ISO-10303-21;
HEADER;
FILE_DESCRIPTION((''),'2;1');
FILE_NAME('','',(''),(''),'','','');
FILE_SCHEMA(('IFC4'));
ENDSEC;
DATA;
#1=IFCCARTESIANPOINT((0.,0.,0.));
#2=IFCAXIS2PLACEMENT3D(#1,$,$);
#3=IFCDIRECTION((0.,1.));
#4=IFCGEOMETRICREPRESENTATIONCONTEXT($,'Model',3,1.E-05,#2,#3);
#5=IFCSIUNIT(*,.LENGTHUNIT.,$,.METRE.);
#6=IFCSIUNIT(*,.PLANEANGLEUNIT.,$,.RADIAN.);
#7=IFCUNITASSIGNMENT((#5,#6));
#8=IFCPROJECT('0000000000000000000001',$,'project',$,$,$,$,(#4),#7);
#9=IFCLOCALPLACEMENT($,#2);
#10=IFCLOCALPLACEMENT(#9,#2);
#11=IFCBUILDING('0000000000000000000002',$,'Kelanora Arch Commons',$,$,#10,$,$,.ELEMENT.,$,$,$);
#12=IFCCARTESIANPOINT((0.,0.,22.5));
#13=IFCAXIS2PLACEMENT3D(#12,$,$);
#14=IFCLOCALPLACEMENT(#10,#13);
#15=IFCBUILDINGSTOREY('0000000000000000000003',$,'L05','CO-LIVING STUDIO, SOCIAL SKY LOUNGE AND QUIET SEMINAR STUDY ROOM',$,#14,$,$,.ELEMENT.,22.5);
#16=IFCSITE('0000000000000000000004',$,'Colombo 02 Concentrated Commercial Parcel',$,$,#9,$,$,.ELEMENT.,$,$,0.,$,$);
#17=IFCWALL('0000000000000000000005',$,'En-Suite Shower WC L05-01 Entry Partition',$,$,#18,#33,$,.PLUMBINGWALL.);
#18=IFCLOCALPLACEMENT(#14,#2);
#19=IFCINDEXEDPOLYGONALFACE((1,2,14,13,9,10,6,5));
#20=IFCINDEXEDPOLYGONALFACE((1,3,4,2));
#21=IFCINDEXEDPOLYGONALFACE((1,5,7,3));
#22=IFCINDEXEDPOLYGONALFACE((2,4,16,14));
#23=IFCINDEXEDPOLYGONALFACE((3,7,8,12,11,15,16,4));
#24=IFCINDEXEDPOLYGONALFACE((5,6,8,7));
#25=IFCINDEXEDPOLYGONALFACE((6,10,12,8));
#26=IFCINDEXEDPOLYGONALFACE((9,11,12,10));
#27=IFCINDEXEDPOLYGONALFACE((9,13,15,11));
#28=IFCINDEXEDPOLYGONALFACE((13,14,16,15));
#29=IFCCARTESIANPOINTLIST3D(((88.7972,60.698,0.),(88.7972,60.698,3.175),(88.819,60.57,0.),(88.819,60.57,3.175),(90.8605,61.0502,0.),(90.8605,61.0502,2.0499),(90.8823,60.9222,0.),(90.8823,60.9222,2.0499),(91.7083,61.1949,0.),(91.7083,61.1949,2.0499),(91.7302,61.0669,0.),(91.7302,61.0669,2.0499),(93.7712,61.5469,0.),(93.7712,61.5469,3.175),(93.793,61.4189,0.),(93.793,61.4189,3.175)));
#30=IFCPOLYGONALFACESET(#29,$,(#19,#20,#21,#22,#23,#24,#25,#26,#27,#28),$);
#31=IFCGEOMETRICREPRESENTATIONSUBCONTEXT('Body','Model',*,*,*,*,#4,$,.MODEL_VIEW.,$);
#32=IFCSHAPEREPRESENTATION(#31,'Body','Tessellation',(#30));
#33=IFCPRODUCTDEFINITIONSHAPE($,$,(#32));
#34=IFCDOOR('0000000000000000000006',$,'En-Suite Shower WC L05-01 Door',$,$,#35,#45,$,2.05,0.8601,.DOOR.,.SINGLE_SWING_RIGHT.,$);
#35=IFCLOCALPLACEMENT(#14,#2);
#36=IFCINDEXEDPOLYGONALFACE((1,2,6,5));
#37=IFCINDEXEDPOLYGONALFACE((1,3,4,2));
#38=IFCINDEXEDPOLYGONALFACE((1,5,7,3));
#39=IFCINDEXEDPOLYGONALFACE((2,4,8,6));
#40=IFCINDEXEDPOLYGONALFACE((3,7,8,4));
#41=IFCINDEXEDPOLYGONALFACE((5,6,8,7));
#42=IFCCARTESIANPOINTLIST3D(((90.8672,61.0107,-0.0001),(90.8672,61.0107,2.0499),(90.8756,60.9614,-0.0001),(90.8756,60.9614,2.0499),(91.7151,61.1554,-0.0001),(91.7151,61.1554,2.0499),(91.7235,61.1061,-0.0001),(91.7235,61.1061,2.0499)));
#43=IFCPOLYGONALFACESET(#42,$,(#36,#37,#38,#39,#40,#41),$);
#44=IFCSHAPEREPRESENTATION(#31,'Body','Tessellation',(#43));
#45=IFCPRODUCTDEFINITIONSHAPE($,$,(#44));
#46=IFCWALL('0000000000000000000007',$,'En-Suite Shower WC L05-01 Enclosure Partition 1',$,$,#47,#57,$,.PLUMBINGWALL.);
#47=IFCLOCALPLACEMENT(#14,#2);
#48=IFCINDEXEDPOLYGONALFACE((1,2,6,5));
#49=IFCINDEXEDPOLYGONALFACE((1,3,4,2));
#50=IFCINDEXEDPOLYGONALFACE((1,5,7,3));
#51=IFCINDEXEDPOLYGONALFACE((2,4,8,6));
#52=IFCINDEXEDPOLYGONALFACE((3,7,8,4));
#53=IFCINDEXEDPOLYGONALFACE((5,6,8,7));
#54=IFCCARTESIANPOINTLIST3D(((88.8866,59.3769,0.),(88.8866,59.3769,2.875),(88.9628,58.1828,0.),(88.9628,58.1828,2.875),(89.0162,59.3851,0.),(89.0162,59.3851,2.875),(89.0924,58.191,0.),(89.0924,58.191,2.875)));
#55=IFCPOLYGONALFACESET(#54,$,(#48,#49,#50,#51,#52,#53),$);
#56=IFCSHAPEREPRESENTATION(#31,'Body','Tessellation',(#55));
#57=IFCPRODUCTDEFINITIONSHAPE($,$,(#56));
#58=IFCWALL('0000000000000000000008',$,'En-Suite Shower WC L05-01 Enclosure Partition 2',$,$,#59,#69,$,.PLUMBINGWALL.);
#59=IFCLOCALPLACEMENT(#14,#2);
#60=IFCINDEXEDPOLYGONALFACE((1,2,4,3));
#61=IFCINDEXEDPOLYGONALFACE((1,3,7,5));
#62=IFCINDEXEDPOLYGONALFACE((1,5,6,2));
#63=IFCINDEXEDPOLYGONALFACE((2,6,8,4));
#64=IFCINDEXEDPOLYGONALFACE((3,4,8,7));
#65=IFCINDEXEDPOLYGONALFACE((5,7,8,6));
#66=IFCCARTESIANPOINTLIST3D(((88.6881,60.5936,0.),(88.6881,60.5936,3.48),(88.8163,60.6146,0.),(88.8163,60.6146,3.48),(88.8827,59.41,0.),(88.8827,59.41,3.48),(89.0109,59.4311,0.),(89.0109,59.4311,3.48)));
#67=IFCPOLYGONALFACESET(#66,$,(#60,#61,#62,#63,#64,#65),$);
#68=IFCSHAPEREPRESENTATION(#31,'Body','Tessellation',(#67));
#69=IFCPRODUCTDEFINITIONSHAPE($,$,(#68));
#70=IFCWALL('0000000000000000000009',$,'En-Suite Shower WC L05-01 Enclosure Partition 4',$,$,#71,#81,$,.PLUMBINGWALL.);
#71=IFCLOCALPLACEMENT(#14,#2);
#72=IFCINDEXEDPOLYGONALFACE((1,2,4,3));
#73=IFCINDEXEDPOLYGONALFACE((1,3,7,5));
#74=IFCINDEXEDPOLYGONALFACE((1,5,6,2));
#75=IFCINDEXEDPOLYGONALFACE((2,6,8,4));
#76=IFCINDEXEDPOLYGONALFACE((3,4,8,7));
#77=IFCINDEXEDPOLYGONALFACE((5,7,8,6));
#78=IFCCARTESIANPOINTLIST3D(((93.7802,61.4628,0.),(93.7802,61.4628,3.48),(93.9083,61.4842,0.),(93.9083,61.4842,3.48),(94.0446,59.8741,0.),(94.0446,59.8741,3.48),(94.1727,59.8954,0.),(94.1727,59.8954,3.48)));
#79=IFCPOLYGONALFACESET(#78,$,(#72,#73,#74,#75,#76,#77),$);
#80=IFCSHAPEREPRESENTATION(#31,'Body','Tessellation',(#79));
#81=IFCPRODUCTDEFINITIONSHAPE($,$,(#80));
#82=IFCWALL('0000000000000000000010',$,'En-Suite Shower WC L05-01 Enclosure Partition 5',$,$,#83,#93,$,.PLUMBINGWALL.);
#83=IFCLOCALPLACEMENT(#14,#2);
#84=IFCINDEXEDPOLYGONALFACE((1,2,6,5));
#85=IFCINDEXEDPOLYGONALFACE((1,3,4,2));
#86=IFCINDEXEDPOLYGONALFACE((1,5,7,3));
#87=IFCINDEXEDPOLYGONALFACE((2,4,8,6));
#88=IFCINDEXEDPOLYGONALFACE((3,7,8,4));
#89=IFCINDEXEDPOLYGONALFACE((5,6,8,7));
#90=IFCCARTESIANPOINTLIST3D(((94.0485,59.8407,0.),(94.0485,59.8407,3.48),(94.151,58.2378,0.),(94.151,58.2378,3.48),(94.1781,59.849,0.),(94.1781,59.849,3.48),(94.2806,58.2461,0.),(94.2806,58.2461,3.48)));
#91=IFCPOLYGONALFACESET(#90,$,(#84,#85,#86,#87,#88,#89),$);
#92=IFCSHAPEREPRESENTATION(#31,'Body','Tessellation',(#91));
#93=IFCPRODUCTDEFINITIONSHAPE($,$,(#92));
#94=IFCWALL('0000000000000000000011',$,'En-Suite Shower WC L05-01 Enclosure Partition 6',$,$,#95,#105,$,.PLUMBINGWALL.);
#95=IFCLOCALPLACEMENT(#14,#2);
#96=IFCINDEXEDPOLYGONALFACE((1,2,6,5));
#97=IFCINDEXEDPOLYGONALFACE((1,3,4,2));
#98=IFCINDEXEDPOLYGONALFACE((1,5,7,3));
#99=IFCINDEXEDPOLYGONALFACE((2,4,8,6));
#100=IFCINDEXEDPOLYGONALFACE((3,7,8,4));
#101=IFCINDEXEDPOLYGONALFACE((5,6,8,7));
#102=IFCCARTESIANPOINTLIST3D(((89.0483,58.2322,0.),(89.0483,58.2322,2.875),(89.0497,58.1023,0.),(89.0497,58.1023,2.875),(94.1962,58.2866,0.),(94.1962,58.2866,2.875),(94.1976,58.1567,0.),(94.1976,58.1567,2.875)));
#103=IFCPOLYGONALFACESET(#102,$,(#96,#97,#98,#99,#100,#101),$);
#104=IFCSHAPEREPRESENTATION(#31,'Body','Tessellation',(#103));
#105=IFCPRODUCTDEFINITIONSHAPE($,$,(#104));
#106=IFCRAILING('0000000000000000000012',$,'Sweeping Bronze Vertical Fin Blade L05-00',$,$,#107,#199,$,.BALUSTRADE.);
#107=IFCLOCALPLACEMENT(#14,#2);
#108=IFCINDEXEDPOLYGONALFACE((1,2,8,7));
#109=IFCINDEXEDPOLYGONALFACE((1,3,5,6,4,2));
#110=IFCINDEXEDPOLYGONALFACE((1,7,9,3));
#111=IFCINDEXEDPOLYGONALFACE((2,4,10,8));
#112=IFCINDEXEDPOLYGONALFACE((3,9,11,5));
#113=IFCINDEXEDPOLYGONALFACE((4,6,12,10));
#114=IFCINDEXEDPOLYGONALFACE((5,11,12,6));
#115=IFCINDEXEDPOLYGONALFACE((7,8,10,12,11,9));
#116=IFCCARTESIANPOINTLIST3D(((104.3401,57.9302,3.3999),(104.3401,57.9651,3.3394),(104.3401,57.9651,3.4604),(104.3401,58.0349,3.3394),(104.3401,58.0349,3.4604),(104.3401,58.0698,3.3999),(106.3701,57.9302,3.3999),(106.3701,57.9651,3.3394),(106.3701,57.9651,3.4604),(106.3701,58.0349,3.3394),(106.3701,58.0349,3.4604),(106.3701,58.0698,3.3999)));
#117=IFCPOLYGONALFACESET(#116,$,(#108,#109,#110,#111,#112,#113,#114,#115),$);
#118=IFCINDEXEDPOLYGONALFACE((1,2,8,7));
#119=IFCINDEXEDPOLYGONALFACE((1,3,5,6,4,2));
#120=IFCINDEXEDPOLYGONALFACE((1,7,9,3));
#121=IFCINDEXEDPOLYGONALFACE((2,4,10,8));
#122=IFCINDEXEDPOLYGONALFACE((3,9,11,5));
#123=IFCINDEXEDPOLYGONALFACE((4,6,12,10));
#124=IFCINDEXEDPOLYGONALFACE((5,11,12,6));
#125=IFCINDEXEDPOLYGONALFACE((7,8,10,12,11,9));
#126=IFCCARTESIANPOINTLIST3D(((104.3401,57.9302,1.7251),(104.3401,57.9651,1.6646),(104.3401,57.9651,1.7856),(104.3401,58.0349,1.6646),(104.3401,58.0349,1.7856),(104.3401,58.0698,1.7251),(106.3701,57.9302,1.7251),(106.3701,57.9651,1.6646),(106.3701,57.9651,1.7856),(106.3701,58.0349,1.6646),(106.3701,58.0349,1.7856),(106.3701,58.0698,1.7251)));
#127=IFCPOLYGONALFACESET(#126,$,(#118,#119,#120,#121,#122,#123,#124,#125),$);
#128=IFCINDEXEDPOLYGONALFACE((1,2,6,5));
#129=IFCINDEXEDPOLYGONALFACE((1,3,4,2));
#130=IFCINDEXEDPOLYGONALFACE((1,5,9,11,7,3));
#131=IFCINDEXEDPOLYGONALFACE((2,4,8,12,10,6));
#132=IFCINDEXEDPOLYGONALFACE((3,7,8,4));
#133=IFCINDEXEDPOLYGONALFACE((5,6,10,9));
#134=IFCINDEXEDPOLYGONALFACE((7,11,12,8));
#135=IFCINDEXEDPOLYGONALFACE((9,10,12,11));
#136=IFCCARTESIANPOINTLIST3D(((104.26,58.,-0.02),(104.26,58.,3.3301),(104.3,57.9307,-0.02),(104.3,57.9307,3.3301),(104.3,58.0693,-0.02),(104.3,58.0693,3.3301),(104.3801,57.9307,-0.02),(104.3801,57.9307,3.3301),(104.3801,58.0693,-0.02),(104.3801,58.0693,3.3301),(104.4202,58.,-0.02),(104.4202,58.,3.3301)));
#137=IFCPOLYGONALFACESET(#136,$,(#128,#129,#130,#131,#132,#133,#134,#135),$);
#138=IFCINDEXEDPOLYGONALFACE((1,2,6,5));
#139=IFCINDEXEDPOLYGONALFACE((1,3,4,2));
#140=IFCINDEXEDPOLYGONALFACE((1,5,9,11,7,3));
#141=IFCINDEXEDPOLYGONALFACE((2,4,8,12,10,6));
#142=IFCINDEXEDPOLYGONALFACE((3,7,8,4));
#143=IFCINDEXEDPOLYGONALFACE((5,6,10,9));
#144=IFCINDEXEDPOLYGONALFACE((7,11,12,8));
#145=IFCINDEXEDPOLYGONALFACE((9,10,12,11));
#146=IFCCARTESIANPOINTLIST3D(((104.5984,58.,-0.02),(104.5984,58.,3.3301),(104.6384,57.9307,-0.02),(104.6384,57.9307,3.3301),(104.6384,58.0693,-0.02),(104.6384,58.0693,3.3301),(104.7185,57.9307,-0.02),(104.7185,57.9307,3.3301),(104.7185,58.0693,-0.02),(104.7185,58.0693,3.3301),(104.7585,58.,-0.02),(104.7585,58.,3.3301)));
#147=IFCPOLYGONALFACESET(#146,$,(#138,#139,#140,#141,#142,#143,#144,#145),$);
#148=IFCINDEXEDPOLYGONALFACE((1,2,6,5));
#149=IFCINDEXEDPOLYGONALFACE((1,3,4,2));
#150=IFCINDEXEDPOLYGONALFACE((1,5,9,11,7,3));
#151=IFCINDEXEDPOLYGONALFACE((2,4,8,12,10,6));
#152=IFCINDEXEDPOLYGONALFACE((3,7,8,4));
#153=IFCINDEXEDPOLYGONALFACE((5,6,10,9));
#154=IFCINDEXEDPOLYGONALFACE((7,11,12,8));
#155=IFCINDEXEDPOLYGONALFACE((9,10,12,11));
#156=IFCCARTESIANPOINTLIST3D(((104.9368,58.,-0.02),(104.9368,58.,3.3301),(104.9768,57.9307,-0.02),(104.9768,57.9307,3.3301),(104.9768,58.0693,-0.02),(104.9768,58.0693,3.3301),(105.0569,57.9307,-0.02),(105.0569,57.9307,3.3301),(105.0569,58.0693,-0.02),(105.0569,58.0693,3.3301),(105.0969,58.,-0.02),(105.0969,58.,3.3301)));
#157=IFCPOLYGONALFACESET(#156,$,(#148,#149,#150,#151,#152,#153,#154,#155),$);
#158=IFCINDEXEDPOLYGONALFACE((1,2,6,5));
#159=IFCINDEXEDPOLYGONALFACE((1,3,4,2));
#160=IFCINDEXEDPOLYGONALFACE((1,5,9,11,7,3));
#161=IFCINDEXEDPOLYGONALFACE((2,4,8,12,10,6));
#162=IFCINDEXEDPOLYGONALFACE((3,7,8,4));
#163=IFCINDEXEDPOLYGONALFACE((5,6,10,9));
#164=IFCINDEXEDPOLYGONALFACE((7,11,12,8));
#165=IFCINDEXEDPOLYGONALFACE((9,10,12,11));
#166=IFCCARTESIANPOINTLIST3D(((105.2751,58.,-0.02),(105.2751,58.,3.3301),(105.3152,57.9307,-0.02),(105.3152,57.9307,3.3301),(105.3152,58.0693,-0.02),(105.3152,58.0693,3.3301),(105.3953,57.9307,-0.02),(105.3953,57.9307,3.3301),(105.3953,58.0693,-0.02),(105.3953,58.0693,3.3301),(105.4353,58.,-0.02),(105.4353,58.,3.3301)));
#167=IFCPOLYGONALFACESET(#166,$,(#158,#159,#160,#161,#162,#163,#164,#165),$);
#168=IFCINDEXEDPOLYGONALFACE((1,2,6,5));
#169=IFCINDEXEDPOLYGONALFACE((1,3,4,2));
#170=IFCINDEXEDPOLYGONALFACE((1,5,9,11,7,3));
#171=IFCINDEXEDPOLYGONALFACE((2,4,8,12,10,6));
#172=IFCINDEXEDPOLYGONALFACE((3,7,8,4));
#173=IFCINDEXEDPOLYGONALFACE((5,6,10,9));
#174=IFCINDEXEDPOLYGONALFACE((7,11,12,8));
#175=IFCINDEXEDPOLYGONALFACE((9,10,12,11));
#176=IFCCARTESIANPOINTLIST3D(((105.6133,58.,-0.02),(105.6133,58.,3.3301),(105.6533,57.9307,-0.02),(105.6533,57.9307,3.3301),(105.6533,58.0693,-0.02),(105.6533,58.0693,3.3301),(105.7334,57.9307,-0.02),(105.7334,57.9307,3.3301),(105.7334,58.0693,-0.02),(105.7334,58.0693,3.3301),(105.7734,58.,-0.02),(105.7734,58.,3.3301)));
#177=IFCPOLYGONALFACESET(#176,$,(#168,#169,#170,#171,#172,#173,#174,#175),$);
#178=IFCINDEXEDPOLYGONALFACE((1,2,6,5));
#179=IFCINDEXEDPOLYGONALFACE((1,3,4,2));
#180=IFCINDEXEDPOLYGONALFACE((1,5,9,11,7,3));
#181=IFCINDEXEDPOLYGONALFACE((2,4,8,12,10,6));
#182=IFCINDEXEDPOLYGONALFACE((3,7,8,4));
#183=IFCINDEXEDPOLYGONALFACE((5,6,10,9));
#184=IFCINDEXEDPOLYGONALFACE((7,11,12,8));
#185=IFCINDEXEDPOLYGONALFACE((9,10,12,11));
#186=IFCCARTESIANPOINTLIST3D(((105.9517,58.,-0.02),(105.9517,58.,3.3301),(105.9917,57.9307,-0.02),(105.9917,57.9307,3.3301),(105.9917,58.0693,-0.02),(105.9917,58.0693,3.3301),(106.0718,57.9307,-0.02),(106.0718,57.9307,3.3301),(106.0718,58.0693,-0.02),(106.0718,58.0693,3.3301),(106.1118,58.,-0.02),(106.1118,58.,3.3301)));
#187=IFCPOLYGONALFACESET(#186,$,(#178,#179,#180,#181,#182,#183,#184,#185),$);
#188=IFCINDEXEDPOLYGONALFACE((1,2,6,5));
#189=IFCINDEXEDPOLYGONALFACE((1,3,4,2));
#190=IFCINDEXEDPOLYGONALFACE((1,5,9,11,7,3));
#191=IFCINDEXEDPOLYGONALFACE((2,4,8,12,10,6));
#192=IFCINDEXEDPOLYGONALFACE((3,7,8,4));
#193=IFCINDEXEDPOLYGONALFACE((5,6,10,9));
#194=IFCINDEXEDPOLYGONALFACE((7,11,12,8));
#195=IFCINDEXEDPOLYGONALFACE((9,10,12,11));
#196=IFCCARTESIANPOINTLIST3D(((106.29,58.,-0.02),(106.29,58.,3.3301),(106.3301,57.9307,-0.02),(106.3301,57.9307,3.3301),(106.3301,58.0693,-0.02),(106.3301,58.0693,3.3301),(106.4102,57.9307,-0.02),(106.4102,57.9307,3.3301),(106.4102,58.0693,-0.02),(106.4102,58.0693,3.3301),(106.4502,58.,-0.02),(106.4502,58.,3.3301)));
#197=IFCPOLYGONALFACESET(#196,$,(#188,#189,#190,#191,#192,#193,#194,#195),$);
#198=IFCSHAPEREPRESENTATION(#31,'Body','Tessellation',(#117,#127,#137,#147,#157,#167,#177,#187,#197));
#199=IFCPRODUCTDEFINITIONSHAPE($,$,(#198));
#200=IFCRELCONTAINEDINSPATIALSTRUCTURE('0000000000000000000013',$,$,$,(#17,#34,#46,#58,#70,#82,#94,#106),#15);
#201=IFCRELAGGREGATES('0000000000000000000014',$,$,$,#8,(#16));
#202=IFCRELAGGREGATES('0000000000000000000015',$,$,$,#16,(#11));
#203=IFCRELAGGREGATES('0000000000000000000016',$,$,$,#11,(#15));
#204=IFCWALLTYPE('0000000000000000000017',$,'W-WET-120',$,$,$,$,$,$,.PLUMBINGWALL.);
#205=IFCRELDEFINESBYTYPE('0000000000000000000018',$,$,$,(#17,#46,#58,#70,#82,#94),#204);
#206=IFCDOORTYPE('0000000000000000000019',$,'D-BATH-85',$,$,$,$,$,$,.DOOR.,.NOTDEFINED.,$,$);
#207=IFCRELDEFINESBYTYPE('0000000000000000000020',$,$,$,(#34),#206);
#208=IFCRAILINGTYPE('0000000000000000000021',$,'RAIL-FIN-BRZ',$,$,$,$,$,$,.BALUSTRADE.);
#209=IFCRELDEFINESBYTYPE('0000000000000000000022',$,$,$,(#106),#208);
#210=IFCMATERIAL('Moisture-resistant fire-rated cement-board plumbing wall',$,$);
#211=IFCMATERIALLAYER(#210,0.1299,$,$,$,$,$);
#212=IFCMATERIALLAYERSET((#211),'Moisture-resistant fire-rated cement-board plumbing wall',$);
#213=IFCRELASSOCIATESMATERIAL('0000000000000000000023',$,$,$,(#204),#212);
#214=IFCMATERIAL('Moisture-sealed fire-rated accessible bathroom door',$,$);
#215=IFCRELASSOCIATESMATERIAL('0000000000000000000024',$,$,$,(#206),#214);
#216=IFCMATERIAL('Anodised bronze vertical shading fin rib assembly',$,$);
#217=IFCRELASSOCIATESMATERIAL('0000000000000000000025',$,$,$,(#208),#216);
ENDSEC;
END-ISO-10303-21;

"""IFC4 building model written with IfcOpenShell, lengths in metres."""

from ifc_helpers import new_model, si_unit, direction, frame, frame_2d, origin, place, context, subcontext, project, spatial, polyline, rectangle, outline, extrude, material, layer, layer_set, type_object, element, fill, save


model = new_model("IFC4")

# Units and contexts
model_context = context("Model", 3, precision=1e-05, world=origin(), true_north=direction((0.0, 1.0)))
body_context = subcontext(model_context, "Body", "Model", "MODEL_VIEW")
ifc_project = project(units=[si_unit("LENGTHUNIT", "METRE"), si_unit("PLANEANGLEUNIT", "RADIAN")], contexts=[model_context])

# Site, building, storey
site_placement = place(None, origin())
site = spatial("IfcSite", under=ifc_project, at=site_placement, Name="Colombo 02 Concentrated Commercial Parcel", CompositionType="ELEMENT", RefElevation=0.0)
building_placement = place(site_placement, origin())
building = spatial("IfcBuilding", under=site, at=building_placement, Name="Kelanora Arch Commons", CompositionType="ELEMENT")
storey_placement = place(building_placement, frame((0.0, 0.0, 22.5)))
storey = spatial("IfcBuildingStorey", under=building, at=storey_placement, Name="L05", Description="CO-LIVING STUDIO, SOCIAL SKY LOUNGE AND QUIET SEMINAR STUDY ROOM", CompositionType="ELEMENT", Elevation=22.5)

# Wall, opening, door
ifc_material_1 = material(Name="Moisture-resistant fire-rated cement-board plumbing wall")
ifc_layer_1 = layer(ifc_material_1, 0.1299)
ifc_layer_set_1 = layer_set([ifc_layer_1], Name="Moisture-resistant fire-rated cement-board plumbing wall")
wall_type_1 = type_object("IfcWallType", Name="W-WET-120", PredefinedType="PLUMBINGWALL", material=ifc_layer_set_1)
wall_1_placement = place(storey_placement, frame((88.8081, 60.634, 0.0), z_axis=(0.0, 0.0, 1.0), x_axis=(0.985747, 0.168235, 0.0)))
wall_1 = element("IfcWall", 1, at=wall_1_placement, inside=storey, type_object=wall_type_1, Name="En-Suite Shower WC L05-01 Entry Partition", PredefinedType="PLUMBINGWALL", context=body_context, shape_type="SweptSolid", body=[
    extrude(rectangle(XDim=5.0459, YDim=0.1299, at=frame_2d((2.5229, 0.0))), origin(), (0.0, 0.0, 1.0), 3.175),
])
opening_1_placement = place(wall_1_placement, frame((2.093, 0.0, 0.0)))
opening_1 = element("IfcOpeningElement", 2, at=opening_1_placement, cuts=wall_1, PredefinedType="OPENING", context=body_context, shape_type="SweptSolid", body=[
    extrude(rectangle(XDim=0.8601, YDim=2.05, at=frame_2d((0.4302, 1.0249))), frame((0.0, 0.075, 0.0), z_axis=(0.0, -1.0, 0.0), x_axis=(1.0, 0.0, 0.0)), (0.0, 0.0, 1.0), 0.1499),
])
ifc_material_2 = material(Name="Moisture-sealed fire-rated accessible bathroom door")
door_type_1 = type_object("IfcDoorType", Name="D-BATH-85", OperationType="NOTDEFINED", PredefinedType="DOOR", material=ifc_material_2)
door_1_placement = place(opening_1_placement, origin())
door_1 = element("IfcDoor", 3, at=door_1_placement, inside=storey, type_object=door_type_1, Name="En-Suite Shower WC L05-01 Door", OperationType="SINGLE_SWING_RIGHT", OverallHeight=2.05, OverallWidth=0.8601, PredefinedType="DOOR", context=body_context, shape_type="SweptSolid", body=[
    extrude(rectangle(XDim=0.8601, YDim=2.05, at=frame_2d((0.4302, 1.0249))), frame((0.0, 0.0249, 0.0), z_axis=(0.0, -1.0, 0.0), x_axis=(1.0, 0.0, 0.0)), (0.0, 0.0, 1.0), 0.05),
])
fill(opening_1, door_1)

# Walls
wall_2_placement = place(storey_placement, frame((89.0276, 58.187, 0.0), z_axis=(0.0, 0.0, 1.0), x_axis=(-0.063661, 0.997972, 0.0)))
element("IfcWall", 4, at=wall_2_placement, inside=storey, type_object=wall_type_1, Name="En-Suite Shower WC L05-01 Enclosure Partition 1", PredefinedType="PLUMBINGWALL", context=body_context, shape_type="SweptSolid", body=[
    extrude(rectangle(XDim=1.1965, YDim=0.1299, at=frame_2d((0.5981, 0.0))), origin(), (0.0, 0.0, 1.0), 2.875),
])
wall_3_placement = place(storey_placement, frame((88.9468, 59.4207, 0.0), z_axis=(0.0, 0.0, 1.0), x_axis=(-0.16222, 0.986755, 0.0)))
element("IfcWall", 5, at=wall_3_placement, inside=storey, type_object=wall_type_1, Name="En-Suite Shower WC L05-01 Enclosure Partition 2", PredefinedType="PLUMBINGWALL", context=body_context, shape_type="SweptSolid", body=[
    extrude(rectangle(XDim=1.1995, YDim=0.1299, at=frame_2d((0.5996, 0.0))), origin(), (0.0, 0.0, 1.0), 3.48),
])
wall_4_placement = place(storey_placement, frame((93.8442, 61.4734, 0.0), z_axis=(0.0, 0.0, 1.0), x_axis=(0.164178, -0.986431, 0.0)))
element("IfcWall", 6, at=wall_4_placement, inside=storey, type_object=wall_type_1, Name="En-Suite Shower WC L05-01 Enclosure Partition 4", PredefinedType="PLUMBINGWALL", context=body_context, shape_type="SweptSolid", body=[
    extrude(rectangle(XDim=1.6106, YDim=0.1299, at=frame_2d((0.8052, 0.0))), origin(), (0.0, 0.0, 1.0), 3.48),
])
wall_5_placement = place(storey_placement, frame((94.1133, 59.845, 0.0), z_axis=(0.0, 0.0, 1.0), x_axis=(0.063835, -0.99796, 0.0)))
element("IfcWall", 7, at=wall_5_placement, inside=storey, type_object=wall_type_1, Name="En-Suite Shower WC L05-01 Enclosure Partition 5", PredefinedType="PLUMBINGWALL", context=body_context, shape_type="SweptSolid", body=[
    extrude(rectangle(XDim=1.6062, YDim=0.1299, at=frame_2d((0.8032, 0.0))), origin(), (0.0, 0.0, 1.0), 3.48),
])
wall_6_placement = place(storey_placement, frame((94.197, 58.2217, 0.0), z_axis=(0.0, 0.0, 1.0), x_axis=(-0.999944, -0.010575, 0.0)))
element("IfcWall", 8, at=wall_6_placement, inside=storey, type_object=wall_type_1, Name="En-Suite Shower WC L05-01 Enclosure Partition 6", PredefinedType="PLUMBINGWALL", context=body_context, shape_type="SweptSolid", body=[
    extrude(rectangle(XDim=5.1482, YDim=0.1299, at=frame_2d((2.5742, 0.0))), origin(), (0.0, 0.0, 1.0), 2.875),
])

# Railing
ifc_material_3 = material(Name="Anodised bronze vertical shading fin rib assembly")
railing_type_1 = type_object("IfcRailingType", Name="RAIL-FIN-BRZ", PredefinedType="BALUSTRADE", material=ifc_material_3)
railing_1_placement = place(storey_placement, frame((104.3401, 58.0, -0.02)))
element("IfcRailing", 9, at=railing_1_placement, inside=storey, type_object=railing_type_1, Name="Sweeping Bronze Vertical Fin Blade L05-00", PredefinedType="BALUSTRADE", context=body_context, shape_type="SweptSolid", body=[
    extrude(outline(polyline([(0.0698, 0.0), (0.0349, 0.0605), (-0.0349, 0.0605), (-0.0698, 0.0), (-0.0349, -0.0605), (0.0349, -0.0605), (0.0698, 0.0)])), frame((0.0, 0.0, 3.4199), z_axis=(1.0, 0.0, 0.0), x_axis=(0.0, 1.0, 0.0)), (0.0, 0.0, 1.0), 2.03),
    extrude(outline(polyline([(0.0698, 0.0), (0.0349, 0.0605), (-0.0349, 0.0605), (-0.0698, 0.0), (-0.0349, -0.0605), (0.0349, -0.0605), (0.0698, 0.0)])), frame((0.0, 0.0, 1.7451), z_axis=(1.0, 0.0, 0.0), x_axis=(0.0, 1.0, 0.0)), (0.0, 0.0, 1.0), 2.03),
    extrude(outline(polyline([(0.0801, 0.0), (0.04, 0.0693), (-0.04, 0.0693), (-0.0801, 0.0), (-0.04, -0.0693), (0.04, -0.0693), (0.0801, 0.0)])), origin(), (0.0, 0.0, 1.0), 3.3501),
    extrude(outline(polyline([(0.0801, 0.0), (0.04, 0.0693), (-0.04, 0.0693), (-0.0801, 0.0), (-0.04, -0.0693), (0.04, -0.0693), (0.0801, 0.0)])), frame((0.3384, 0.0, 0.0)), (0.0, 0.0, 1.0), 3.3501),
    extrude(outline(polyline([(0.0801, 0.0), (0.04, 0.0693), (-0.04, 0.0693), (-0.0801, 0.0), (-0.04, -0.0693), (0.04, -0.0693), (0.0801, 0.0)])), frame((0.6768, 0.0, 0.0)), (0.0, 0.0, 1.0), 3.3501),
    extrude(outline(polyline([(0.0801, 0.0), (0.04, 0.0693), (-0.04, 0.0693), (-0.0801, 0.0), (-0.04, -0.0693), (0.04, -0.0693), (0.0801, 0.0)])), frame((1.0151, 0.0, 0.0)), (0.0, 0.0, 1.0), 3.3501),
    extrude(outline(polyline([(0.0801, 0.0), (0.04, 0.0693), (-0.04, 0.0693), (-0.0801, 0.0), (-0.04, -0.0693), (0.04, -0.0693), (0.0801, 0.0)])), frame((1.3533, 0.0, 0.0)), (0.0, 0.0, 1.0), 3.3501),
    extrude(outline(polyline([(0.0801, 0.0), (0.04, 0.0693), (-0.04, 0.0693), (-0.0801, 0.0), (-0.04, -0.0693), (0.04, -0.0693), (0.0801, 0.0)])), frame((1.6917, 0.0, 0.0)), (0.0, 0.0, 1.0), 3.3501),
    extrude(outline(polyline([(0.0801, 0.0), (0.04, 0.0693), (-0.04, 0.0693), (-0.0801, 0.0), (-0.04, -0.0693), (0.04, -0.0693), (0.0801, 0.0)])), frame((2.03, 0.0, 0.0)), (0.0, 0.0, 1.0), 3.3501),
])

save(model, "model.ifc")
